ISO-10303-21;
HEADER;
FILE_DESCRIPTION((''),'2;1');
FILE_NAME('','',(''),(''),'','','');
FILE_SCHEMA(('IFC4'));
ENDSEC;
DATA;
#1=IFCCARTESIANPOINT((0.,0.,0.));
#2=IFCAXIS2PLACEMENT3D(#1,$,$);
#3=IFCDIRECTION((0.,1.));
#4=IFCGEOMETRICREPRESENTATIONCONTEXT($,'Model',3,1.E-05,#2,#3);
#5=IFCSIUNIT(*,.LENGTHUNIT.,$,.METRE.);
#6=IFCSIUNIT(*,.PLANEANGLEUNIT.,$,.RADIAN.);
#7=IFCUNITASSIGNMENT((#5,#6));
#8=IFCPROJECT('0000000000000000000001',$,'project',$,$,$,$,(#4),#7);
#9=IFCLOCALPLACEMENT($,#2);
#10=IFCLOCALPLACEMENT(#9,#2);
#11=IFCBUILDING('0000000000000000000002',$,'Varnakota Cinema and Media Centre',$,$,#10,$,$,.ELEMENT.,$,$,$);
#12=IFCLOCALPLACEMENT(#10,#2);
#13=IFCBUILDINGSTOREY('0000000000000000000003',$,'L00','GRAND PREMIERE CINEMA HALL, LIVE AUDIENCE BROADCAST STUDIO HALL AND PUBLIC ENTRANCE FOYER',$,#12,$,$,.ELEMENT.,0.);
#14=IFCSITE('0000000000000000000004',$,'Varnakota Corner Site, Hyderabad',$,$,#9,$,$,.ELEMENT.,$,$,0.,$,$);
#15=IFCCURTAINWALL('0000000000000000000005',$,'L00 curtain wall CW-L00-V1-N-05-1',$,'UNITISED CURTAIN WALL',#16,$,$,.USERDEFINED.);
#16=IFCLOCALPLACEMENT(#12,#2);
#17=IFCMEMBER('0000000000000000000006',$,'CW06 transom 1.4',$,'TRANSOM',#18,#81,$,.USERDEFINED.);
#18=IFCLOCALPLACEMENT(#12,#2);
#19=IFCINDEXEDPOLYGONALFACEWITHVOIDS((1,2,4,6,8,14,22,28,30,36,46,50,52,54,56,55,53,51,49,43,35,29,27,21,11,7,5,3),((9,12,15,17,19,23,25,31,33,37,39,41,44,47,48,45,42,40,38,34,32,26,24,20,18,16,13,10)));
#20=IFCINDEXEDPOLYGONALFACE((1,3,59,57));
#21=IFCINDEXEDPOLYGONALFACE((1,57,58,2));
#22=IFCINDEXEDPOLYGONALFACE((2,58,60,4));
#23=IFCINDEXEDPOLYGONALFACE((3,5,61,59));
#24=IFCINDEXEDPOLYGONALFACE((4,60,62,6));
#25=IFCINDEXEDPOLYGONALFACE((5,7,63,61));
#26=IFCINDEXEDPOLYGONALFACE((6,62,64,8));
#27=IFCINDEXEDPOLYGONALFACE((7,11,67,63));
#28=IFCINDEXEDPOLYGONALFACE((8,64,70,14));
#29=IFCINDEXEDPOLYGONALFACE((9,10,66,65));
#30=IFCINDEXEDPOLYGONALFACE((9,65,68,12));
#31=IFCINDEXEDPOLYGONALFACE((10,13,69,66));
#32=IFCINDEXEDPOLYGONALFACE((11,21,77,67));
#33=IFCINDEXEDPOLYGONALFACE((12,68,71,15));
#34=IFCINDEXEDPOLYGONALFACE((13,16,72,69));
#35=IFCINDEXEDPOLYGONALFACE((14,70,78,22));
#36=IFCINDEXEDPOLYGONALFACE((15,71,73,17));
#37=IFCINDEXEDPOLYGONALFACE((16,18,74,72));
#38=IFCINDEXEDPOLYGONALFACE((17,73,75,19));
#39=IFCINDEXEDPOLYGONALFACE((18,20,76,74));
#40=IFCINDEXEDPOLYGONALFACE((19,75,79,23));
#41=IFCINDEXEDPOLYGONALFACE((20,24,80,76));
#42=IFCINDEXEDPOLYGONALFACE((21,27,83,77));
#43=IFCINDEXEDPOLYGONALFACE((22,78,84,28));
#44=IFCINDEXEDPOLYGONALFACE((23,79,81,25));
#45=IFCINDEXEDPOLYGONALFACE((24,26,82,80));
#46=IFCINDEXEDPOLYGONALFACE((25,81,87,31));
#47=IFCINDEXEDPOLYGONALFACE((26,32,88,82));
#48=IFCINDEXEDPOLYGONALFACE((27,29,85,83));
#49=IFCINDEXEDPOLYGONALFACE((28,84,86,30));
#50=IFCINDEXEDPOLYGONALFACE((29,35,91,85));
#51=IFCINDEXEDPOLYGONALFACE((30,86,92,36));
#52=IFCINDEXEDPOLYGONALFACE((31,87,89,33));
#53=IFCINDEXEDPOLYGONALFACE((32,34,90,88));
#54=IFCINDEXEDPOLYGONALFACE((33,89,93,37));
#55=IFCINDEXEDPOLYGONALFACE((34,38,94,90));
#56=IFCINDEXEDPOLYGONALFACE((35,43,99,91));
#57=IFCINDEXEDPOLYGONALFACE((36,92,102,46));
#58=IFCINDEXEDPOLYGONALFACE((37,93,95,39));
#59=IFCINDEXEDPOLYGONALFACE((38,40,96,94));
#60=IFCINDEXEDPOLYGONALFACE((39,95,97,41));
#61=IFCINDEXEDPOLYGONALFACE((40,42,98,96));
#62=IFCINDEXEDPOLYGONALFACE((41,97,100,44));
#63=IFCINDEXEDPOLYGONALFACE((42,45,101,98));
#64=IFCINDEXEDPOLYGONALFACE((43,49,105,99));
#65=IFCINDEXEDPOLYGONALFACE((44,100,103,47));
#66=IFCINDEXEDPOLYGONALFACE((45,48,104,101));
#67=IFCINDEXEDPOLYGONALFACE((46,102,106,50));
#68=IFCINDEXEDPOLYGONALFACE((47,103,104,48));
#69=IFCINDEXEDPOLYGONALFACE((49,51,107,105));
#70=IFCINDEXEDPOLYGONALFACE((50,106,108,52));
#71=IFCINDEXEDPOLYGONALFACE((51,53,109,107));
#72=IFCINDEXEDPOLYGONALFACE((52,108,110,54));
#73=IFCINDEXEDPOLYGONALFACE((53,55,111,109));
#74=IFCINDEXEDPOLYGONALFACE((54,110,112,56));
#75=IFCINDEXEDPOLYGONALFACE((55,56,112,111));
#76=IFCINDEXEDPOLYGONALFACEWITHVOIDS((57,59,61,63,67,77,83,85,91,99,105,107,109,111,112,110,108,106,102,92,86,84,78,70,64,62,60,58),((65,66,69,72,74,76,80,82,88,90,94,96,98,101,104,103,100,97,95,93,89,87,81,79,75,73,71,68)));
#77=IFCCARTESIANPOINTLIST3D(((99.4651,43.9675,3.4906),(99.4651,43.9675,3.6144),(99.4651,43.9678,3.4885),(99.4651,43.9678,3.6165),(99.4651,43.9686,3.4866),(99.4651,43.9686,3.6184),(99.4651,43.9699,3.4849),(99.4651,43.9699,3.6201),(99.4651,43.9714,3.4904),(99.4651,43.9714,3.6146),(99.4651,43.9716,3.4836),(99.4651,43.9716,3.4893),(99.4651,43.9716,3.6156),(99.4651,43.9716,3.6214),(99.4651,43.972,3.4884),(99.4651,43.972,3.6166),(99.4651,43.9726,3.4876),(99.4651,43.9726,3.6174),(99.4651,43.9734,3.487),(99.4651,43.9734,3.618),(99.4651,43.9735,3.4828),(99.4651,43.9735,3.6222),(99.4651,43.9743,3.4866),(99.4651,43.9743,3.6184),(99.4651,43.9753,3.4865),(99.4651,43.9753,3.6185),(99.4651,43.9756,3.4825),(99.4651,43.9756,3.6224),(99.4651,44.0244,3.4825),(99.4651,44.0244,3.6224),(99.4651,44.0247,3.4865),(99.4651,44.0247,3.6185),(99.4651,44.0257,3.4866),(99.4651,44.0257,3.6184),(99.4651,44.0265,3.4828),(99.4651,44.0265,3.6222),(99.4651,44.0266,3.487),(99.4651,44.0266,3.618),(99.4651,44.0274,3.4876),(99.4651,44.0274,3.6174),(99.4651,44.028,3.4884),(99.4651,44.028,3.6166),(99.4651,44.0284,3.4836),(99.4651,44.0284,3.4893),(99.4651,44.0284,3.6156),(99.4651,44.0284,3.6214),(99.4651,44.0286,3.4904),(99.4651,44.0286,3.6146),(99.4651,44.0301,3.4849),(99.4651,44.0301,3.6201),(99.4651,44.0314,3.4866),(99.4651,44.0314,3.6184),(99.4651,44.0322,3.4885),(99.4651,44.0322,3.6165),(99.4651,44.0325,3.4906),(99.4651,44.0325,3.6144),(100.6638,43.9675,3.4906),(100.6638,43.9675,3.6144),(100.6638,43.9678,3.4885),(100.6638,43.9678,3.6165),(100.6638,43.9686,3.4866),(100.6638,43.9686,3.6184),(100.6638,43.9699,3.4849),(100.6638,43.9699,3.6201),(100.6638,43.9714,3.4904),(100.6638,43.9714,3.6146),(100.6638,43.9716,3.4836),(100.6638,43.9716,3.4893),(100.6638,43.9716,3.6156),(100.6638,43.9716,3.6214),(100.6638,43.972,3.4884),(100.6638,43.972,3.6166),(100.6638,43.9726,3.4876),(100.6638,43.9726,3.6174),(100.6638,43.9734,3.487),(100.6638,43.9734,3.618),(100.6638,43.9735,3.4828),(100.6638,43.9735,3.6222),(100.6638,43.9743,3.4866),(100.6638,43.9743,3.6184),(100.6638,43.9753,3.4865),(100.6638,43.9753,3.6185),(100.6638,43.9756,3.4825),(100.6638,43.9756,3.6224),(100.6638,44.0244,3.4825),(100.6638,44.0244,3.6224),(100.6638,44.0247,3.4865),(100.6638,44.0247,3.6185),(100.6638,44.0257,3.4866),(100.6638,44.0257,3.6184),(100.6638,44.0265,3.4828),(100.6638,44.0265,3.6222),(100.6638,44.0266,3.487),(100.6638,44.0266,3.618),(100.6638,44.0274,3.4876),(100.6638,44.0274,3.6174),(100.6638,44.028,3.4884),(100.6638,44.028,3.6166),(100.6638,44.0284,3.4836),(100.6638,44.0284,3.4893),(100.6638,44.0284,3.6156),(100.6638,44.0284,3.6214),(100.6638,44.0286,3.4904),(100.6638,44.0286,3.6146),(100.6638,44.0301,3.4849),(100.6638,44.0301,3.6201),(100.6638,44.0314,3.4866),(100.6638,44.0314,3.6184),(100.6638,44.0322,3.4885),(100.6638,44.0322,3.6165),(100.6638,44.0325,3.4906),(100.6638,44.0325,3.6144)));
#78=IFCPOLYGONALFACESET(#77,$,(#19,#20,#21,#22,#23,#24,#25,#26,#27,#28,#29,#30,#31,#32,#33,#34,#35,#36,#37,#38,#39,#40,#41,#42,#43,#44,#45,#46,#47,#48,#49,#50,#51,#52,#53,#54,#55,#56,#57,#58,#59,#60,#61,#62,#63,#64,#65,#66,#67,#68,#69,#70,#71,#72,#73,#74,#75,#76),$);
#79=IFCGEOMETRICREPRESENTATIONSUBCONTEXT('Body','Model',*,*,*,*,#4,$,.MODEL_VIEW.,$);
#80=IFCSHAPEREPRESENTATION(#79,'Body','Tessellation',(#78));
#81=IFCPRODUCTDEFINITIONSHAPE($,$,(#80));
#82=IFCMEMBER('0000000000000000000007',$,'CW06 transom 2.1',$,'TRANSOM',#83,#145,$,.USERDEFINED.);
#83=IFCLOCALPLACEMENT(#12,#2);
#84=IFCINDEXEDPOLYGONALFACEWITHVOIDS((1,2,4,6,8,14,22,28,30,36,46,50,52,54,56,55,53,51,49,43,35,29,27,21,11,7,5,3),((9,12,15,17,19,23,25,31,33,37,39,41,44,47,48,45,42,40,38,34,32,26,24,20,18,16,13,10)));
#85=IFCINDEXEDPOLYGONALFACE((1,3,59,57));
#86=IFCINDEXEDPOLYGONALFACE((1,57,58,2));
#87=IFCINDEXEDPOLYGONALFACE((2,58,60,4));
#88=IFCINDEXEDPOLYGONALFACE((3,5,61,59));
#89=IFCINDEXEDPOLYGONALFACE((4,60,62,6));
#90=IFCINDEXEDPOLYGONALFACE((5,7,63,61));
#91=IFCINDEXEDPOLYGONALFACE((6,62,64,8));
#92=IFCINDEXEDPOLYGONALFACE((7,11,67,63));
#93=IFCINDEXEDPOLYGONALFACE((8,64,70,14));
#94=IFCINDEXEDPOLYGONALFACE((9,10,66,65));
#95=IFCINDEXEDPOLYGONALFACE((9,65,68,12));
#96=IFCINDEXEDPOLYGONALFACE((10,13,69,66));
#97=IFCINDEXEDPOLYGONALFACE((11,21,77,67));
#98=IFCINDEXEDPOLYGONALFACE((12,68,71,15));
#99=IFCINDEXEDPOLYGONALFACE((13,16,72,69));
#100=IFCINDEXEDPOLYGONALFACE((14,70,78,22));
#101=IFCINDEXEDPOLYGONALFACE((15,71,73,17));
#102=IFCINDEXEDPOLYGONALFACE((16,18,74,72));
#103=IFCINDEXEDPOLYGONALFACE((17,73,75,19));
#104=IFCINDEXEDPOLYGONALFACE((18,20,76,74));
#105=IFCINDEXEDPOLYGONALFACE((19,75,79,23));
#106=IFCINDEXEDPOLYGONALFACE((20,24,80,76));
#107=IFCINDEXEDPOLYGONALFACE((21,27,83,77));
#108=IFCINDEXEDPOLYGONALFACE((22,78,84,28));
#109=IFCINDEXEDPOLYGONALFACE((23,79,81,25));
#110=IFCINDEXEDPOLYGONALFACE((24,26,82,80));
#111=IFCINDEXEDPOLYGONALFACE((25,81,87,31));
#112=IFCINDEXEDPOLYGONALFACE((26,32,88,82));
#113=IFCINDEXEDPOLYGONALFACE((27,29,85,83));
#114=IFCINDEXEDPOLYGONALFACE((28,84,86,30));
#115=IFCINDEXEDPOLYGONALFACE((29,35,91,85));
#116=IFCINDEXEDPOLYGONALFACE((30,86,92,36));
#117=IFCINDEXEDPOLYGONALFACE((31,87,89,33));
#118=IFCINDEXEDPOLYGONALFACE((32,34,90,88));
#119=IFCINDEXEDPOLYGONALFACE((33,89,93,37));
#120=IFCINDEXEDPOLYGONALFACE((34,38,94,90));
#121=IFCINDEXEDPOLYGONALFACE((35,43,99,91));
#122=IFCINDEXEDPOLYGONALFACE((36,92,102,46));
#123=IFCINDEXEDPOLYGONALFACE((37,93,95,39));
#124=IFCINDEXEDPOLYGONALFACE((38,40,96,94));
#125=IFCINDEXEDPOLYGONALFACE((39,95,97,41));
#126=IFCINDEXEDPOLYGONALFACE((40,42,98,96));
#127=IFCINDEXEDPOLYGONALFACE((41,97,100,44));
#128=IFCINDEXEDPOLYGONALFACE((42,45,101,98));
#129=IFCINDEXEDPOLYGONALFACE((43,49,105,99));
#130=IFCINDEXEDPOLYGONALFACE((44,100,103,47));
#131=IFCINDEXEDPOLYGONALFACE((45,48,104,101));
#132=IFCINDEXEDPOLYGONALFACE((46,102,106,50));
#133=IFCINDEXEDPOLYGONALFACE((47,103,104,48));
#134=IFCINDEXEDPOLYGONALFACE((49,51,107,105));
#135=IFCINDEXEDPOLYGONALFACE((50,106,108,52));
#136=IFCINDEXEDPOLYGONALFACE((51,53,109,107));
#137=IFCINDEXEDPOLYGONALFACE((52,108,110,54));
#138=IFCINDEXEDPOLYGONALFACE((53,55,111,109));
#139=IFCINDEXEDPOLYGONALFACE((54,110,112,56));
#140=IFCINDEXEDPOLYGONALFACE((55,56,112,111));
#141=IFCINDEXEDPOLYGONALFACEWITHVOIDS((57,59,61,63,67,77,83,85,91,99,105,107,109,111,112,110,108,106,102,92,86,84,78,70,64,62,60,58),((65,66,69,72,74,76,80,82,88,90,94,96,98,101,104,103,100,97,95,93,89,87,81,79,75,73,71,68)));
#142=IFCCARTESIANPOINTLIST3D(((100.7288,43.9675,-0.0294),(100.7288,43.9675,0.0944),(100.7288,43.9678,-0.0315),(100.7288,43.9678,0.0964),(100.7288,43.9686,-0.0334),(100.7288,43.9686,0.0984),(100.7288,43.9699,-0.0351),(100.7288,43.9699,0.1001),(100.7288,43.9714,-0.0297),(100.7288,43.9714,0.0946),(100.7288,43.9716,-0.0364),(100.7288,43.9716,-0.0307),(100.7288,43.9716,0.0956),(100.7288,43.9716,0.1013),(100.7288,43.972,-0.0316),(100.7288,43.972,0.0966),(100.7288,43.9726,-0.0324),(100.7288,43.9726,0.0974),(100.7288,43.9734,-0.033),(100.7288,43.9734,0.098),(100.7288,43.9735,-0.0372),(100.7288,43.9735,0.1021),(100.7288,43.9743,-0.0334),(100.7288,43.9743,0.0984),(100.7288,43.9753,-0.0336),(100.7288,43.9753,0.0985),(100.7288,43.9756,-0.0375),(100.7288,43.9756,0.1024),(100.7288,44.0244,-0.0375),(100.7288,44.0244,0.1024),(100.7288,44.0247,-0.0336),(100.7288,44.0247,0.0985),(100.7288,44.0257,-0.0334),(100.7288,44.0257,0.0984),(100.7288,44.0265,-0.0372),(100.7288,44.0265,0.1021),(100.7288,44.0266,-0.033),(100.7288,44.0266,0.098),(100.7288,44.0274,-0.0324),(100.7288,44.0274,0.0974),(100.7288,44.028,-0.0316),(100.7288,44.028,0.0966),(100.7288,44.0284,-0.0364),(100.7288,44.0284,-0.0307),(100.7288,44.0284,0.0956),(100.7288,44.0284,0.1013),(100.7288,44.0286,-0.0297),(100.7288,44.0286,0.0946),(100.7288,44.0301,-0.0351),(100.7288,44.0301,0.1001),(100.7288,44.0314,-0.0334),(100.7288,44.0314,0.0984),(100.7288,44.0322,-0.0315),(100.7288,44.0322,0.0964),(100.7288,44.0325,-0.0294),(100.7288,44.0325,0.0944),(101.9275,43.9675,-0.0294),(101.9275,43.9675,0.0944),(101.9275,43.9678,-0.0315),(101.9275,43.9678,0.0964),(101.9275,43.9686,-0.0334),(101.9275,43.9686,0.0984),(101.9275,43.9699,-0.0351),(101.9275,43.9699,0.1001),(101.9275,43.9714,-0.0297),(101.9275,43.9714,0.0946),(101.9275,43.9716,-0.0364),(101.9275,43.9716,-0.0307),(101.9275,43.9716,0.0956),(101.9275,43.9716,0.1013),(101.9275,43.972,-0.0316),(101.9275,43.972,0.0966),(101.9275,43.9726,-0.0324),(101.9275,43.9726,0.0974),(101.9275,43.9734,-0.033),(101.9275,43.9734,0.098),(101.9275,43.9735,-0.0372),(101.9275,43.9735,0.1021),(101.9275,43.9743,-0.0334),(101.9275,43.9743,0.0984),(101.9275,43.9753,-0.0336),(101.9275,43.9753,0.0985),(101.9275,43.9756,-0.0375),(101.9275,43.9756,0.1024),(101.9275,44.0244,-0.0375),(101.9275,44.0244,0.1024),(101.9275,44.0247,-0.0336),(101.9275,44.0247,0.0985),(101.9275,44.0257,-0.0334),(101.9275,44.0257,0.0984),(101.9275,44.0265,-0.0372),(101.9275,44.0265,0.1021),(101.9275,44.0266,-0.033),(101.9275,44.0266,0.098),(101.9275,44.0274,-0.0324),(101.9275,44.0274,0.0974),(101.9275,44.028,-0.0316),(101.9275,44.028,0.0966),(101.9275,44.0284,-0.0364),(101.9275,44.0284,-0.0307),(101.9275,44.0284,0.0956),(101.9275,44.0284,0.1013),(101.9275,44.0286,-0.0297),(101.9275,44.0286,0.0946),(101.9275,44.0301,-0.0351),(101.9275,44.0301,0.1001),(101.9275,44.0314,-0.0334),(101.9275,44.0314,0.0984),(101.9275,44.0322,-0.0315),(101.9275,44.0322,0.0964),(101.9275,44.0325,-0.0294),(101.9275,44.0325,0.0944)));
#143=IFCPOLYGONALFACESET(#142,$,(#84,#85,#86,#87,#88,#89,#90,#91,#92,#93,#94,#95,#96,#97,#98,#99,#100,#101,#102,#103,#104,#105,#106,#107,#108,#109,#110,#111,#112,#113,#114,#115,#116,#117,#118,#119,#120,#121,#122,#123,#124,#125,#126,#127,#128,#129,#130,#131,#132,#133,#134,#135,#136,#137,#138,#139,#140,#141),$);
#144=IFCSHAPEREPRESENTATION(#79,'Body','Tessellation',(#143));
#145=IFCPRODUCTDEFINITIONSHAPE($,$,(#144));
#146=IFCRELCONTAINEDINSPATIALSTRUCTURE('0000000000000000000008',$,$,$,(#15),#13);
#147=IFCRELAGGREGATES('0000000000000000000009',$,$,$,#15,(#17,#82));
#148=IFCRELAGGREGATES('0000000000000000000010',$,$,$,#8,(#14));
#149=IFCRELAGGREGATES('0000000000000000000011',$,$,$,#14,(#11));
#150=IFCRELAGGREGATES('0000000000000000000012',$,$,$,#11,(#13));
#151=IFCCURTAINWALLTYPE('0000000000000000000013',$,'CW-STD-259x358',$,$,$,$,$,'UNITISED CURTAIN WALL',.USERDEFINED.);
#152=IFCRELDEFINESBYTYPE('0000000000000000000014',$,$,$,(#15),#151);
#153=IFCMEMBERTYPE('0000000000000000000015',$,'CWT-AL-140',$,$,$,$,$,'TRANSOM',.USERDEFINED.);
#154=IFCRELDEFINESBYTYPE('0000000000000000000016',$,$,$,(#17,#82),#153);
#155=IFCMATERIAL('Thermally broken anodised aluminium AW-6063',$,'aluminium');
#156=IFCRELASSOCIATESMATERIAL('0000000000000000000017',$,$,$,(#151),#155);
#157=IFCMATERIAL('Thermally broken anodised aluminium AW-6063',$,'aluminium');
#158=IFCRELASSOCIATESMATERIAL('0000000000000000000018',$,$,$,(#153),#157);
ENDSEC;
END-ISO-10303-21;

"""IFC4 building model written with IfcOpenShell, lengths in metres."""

from ifc_helpers import new_model, si_unit, direction, frame, origin, origin_2d, place, context, subcontext, project, spatial, hollow_rectangle, extrude, material, material_profile, profile_set, type_object, element, aggregate, save


model = new_model("IFC4")

# Units and contexts
model_context = context("Model", 3, precision=1e-05, world=origin(), true_north=direction((0.0, 1.0)))
body_context = subcontext(model_context, "Body", "Model", "MODEL_VIEW")
ifc_project = project(units=[si_unit("LENGTHUNIT", "METRE"), si_unit("PLANEANGLEUNIT", "RADIAN")], contexts=[model_context])

# Site, building, storey
site_placement = place(None, origin())
site = spatial("IfcSite", under=ifc_project, at=site_placement, Name="Varnakota Corner Site, Hyderabad", CompositionType="ELEMENT", RefElevation=0.0)
building_placement = place(site_placement, origin())
building = spatial("IfcBuilding", under=site, at=building_placement, Name="Varnakota Cinema and Media Centre", CompositionType="ELEMENT")
storey_placement = place(building_placement, origin())
storey = spatial("IfcBuildingStorey", under=building, at=storey_placement, Name="L00", Description="GRAND PREMIERE CINEMA HALL, LIVE AUDIENCE BROADCAST STUDIO HALL AND PUBLIC ENTRANCE FOYER", CompositionType="ELEMENT", Elevation=0.0)

# Curtain wall
ifc_material_1 = material(Name="Thermally broken anodised aluminium AW-6063", Category="aluminium")
curtain_wall_type = type_object("IfcCurtainWallType", Name="CW-STD-259x358", ElementType="UNITISED CURTAIN WALL", PredefinedType="USERDEFINED", material=ifc_material_1)
curtain_wall_1_placement = place(storey_placement, origin())
curtain_wall_1 = element("IfcCurtainWall", 1, at=curtain_wall_1_placement, inside=storey, type_object=curtain_wall_type, Name="L00 curtain wall CW-L00-V1-N-05-1", ObjectType="UNITISED CURTAIN WALL", PredefinedType="USERDEFINED")

# Members
ifc_material_2 = material(Name="Thermally broken anodised aluminium AW-6063", Category="aluminium")
ifc_material_profile_1 = material_profile(ifc_material_2, hollow_rectangle(XDim=0.0649, YDim=0.1399, WallThickness=0.0039, InnerFilletRadius=0.0039, OuterFilletRadius=0.0081, at=origin_2d()), Name="AL-TRANSOM 140x65x4")
ifc_profile_set_1 = profile_set([ifc_material_profile_1], Name="Thermally broken anodised aluminium AW-6063")
member_type_1 = type_object("IfcMemberType", Name="CWT-AL-140", ElementType="TRANSOM", PredefinedType="USERDEFINED", material=ifc_profile_set_1)
member_1_placement = place(storey_placement, frame((99.4651, 44.0, 3.5525), z_axis=(1.0, 0.0, 0.0), x_axis=(0.0, 1.0, 0.0)))
member_1 = element("IfcMember", 2, at=member_1_placement, type_object=member_type_1, Name="CW06 transom 1.4", ObjectType="TRANSOM", PredefinedType="USERDEFINED", context=body_context, shape_type="SweptSolid", body=[
    extrude(hollow_rectangle(XDim=0.0649, YDim=0.1399, WallThickness=0.0039, InnerFilletRadius=0.0039, OuterFilletRadius=0.0081, at=origin_2d()), origin(), (0.0, 0.0, 1.0), 1.1987),
])
member_2_placement = place(storey_placement, frame((100.7288, 44.0, 0.0325), z_axis=(1.0, 0.0, 0.0), x_axis=(0.0, 1.0, 0.0)))
member_2 = element("IfcMember", 3, at=member_2_placement, type_object=member_type_1, Name="CW06 transom 2.1", ObjectType="TRANSOM", PredefinedType="USERDEFINED", context=body_context, shape_type="SweptSolid", body=[
    extrude(hollow_rectangle(XDim=0.0649, YDim=0.1399, WallThickness=0.0039, InnerFilletRadius=0.0039, OuterFilletRadius=0.0081, at=origin_2d()), origin(), (0.0, 0.0, 1.0), 1.1987),
])

aggregate(curtain_wall_1, [member_1, member_2])

save(model, "model.ifc")
